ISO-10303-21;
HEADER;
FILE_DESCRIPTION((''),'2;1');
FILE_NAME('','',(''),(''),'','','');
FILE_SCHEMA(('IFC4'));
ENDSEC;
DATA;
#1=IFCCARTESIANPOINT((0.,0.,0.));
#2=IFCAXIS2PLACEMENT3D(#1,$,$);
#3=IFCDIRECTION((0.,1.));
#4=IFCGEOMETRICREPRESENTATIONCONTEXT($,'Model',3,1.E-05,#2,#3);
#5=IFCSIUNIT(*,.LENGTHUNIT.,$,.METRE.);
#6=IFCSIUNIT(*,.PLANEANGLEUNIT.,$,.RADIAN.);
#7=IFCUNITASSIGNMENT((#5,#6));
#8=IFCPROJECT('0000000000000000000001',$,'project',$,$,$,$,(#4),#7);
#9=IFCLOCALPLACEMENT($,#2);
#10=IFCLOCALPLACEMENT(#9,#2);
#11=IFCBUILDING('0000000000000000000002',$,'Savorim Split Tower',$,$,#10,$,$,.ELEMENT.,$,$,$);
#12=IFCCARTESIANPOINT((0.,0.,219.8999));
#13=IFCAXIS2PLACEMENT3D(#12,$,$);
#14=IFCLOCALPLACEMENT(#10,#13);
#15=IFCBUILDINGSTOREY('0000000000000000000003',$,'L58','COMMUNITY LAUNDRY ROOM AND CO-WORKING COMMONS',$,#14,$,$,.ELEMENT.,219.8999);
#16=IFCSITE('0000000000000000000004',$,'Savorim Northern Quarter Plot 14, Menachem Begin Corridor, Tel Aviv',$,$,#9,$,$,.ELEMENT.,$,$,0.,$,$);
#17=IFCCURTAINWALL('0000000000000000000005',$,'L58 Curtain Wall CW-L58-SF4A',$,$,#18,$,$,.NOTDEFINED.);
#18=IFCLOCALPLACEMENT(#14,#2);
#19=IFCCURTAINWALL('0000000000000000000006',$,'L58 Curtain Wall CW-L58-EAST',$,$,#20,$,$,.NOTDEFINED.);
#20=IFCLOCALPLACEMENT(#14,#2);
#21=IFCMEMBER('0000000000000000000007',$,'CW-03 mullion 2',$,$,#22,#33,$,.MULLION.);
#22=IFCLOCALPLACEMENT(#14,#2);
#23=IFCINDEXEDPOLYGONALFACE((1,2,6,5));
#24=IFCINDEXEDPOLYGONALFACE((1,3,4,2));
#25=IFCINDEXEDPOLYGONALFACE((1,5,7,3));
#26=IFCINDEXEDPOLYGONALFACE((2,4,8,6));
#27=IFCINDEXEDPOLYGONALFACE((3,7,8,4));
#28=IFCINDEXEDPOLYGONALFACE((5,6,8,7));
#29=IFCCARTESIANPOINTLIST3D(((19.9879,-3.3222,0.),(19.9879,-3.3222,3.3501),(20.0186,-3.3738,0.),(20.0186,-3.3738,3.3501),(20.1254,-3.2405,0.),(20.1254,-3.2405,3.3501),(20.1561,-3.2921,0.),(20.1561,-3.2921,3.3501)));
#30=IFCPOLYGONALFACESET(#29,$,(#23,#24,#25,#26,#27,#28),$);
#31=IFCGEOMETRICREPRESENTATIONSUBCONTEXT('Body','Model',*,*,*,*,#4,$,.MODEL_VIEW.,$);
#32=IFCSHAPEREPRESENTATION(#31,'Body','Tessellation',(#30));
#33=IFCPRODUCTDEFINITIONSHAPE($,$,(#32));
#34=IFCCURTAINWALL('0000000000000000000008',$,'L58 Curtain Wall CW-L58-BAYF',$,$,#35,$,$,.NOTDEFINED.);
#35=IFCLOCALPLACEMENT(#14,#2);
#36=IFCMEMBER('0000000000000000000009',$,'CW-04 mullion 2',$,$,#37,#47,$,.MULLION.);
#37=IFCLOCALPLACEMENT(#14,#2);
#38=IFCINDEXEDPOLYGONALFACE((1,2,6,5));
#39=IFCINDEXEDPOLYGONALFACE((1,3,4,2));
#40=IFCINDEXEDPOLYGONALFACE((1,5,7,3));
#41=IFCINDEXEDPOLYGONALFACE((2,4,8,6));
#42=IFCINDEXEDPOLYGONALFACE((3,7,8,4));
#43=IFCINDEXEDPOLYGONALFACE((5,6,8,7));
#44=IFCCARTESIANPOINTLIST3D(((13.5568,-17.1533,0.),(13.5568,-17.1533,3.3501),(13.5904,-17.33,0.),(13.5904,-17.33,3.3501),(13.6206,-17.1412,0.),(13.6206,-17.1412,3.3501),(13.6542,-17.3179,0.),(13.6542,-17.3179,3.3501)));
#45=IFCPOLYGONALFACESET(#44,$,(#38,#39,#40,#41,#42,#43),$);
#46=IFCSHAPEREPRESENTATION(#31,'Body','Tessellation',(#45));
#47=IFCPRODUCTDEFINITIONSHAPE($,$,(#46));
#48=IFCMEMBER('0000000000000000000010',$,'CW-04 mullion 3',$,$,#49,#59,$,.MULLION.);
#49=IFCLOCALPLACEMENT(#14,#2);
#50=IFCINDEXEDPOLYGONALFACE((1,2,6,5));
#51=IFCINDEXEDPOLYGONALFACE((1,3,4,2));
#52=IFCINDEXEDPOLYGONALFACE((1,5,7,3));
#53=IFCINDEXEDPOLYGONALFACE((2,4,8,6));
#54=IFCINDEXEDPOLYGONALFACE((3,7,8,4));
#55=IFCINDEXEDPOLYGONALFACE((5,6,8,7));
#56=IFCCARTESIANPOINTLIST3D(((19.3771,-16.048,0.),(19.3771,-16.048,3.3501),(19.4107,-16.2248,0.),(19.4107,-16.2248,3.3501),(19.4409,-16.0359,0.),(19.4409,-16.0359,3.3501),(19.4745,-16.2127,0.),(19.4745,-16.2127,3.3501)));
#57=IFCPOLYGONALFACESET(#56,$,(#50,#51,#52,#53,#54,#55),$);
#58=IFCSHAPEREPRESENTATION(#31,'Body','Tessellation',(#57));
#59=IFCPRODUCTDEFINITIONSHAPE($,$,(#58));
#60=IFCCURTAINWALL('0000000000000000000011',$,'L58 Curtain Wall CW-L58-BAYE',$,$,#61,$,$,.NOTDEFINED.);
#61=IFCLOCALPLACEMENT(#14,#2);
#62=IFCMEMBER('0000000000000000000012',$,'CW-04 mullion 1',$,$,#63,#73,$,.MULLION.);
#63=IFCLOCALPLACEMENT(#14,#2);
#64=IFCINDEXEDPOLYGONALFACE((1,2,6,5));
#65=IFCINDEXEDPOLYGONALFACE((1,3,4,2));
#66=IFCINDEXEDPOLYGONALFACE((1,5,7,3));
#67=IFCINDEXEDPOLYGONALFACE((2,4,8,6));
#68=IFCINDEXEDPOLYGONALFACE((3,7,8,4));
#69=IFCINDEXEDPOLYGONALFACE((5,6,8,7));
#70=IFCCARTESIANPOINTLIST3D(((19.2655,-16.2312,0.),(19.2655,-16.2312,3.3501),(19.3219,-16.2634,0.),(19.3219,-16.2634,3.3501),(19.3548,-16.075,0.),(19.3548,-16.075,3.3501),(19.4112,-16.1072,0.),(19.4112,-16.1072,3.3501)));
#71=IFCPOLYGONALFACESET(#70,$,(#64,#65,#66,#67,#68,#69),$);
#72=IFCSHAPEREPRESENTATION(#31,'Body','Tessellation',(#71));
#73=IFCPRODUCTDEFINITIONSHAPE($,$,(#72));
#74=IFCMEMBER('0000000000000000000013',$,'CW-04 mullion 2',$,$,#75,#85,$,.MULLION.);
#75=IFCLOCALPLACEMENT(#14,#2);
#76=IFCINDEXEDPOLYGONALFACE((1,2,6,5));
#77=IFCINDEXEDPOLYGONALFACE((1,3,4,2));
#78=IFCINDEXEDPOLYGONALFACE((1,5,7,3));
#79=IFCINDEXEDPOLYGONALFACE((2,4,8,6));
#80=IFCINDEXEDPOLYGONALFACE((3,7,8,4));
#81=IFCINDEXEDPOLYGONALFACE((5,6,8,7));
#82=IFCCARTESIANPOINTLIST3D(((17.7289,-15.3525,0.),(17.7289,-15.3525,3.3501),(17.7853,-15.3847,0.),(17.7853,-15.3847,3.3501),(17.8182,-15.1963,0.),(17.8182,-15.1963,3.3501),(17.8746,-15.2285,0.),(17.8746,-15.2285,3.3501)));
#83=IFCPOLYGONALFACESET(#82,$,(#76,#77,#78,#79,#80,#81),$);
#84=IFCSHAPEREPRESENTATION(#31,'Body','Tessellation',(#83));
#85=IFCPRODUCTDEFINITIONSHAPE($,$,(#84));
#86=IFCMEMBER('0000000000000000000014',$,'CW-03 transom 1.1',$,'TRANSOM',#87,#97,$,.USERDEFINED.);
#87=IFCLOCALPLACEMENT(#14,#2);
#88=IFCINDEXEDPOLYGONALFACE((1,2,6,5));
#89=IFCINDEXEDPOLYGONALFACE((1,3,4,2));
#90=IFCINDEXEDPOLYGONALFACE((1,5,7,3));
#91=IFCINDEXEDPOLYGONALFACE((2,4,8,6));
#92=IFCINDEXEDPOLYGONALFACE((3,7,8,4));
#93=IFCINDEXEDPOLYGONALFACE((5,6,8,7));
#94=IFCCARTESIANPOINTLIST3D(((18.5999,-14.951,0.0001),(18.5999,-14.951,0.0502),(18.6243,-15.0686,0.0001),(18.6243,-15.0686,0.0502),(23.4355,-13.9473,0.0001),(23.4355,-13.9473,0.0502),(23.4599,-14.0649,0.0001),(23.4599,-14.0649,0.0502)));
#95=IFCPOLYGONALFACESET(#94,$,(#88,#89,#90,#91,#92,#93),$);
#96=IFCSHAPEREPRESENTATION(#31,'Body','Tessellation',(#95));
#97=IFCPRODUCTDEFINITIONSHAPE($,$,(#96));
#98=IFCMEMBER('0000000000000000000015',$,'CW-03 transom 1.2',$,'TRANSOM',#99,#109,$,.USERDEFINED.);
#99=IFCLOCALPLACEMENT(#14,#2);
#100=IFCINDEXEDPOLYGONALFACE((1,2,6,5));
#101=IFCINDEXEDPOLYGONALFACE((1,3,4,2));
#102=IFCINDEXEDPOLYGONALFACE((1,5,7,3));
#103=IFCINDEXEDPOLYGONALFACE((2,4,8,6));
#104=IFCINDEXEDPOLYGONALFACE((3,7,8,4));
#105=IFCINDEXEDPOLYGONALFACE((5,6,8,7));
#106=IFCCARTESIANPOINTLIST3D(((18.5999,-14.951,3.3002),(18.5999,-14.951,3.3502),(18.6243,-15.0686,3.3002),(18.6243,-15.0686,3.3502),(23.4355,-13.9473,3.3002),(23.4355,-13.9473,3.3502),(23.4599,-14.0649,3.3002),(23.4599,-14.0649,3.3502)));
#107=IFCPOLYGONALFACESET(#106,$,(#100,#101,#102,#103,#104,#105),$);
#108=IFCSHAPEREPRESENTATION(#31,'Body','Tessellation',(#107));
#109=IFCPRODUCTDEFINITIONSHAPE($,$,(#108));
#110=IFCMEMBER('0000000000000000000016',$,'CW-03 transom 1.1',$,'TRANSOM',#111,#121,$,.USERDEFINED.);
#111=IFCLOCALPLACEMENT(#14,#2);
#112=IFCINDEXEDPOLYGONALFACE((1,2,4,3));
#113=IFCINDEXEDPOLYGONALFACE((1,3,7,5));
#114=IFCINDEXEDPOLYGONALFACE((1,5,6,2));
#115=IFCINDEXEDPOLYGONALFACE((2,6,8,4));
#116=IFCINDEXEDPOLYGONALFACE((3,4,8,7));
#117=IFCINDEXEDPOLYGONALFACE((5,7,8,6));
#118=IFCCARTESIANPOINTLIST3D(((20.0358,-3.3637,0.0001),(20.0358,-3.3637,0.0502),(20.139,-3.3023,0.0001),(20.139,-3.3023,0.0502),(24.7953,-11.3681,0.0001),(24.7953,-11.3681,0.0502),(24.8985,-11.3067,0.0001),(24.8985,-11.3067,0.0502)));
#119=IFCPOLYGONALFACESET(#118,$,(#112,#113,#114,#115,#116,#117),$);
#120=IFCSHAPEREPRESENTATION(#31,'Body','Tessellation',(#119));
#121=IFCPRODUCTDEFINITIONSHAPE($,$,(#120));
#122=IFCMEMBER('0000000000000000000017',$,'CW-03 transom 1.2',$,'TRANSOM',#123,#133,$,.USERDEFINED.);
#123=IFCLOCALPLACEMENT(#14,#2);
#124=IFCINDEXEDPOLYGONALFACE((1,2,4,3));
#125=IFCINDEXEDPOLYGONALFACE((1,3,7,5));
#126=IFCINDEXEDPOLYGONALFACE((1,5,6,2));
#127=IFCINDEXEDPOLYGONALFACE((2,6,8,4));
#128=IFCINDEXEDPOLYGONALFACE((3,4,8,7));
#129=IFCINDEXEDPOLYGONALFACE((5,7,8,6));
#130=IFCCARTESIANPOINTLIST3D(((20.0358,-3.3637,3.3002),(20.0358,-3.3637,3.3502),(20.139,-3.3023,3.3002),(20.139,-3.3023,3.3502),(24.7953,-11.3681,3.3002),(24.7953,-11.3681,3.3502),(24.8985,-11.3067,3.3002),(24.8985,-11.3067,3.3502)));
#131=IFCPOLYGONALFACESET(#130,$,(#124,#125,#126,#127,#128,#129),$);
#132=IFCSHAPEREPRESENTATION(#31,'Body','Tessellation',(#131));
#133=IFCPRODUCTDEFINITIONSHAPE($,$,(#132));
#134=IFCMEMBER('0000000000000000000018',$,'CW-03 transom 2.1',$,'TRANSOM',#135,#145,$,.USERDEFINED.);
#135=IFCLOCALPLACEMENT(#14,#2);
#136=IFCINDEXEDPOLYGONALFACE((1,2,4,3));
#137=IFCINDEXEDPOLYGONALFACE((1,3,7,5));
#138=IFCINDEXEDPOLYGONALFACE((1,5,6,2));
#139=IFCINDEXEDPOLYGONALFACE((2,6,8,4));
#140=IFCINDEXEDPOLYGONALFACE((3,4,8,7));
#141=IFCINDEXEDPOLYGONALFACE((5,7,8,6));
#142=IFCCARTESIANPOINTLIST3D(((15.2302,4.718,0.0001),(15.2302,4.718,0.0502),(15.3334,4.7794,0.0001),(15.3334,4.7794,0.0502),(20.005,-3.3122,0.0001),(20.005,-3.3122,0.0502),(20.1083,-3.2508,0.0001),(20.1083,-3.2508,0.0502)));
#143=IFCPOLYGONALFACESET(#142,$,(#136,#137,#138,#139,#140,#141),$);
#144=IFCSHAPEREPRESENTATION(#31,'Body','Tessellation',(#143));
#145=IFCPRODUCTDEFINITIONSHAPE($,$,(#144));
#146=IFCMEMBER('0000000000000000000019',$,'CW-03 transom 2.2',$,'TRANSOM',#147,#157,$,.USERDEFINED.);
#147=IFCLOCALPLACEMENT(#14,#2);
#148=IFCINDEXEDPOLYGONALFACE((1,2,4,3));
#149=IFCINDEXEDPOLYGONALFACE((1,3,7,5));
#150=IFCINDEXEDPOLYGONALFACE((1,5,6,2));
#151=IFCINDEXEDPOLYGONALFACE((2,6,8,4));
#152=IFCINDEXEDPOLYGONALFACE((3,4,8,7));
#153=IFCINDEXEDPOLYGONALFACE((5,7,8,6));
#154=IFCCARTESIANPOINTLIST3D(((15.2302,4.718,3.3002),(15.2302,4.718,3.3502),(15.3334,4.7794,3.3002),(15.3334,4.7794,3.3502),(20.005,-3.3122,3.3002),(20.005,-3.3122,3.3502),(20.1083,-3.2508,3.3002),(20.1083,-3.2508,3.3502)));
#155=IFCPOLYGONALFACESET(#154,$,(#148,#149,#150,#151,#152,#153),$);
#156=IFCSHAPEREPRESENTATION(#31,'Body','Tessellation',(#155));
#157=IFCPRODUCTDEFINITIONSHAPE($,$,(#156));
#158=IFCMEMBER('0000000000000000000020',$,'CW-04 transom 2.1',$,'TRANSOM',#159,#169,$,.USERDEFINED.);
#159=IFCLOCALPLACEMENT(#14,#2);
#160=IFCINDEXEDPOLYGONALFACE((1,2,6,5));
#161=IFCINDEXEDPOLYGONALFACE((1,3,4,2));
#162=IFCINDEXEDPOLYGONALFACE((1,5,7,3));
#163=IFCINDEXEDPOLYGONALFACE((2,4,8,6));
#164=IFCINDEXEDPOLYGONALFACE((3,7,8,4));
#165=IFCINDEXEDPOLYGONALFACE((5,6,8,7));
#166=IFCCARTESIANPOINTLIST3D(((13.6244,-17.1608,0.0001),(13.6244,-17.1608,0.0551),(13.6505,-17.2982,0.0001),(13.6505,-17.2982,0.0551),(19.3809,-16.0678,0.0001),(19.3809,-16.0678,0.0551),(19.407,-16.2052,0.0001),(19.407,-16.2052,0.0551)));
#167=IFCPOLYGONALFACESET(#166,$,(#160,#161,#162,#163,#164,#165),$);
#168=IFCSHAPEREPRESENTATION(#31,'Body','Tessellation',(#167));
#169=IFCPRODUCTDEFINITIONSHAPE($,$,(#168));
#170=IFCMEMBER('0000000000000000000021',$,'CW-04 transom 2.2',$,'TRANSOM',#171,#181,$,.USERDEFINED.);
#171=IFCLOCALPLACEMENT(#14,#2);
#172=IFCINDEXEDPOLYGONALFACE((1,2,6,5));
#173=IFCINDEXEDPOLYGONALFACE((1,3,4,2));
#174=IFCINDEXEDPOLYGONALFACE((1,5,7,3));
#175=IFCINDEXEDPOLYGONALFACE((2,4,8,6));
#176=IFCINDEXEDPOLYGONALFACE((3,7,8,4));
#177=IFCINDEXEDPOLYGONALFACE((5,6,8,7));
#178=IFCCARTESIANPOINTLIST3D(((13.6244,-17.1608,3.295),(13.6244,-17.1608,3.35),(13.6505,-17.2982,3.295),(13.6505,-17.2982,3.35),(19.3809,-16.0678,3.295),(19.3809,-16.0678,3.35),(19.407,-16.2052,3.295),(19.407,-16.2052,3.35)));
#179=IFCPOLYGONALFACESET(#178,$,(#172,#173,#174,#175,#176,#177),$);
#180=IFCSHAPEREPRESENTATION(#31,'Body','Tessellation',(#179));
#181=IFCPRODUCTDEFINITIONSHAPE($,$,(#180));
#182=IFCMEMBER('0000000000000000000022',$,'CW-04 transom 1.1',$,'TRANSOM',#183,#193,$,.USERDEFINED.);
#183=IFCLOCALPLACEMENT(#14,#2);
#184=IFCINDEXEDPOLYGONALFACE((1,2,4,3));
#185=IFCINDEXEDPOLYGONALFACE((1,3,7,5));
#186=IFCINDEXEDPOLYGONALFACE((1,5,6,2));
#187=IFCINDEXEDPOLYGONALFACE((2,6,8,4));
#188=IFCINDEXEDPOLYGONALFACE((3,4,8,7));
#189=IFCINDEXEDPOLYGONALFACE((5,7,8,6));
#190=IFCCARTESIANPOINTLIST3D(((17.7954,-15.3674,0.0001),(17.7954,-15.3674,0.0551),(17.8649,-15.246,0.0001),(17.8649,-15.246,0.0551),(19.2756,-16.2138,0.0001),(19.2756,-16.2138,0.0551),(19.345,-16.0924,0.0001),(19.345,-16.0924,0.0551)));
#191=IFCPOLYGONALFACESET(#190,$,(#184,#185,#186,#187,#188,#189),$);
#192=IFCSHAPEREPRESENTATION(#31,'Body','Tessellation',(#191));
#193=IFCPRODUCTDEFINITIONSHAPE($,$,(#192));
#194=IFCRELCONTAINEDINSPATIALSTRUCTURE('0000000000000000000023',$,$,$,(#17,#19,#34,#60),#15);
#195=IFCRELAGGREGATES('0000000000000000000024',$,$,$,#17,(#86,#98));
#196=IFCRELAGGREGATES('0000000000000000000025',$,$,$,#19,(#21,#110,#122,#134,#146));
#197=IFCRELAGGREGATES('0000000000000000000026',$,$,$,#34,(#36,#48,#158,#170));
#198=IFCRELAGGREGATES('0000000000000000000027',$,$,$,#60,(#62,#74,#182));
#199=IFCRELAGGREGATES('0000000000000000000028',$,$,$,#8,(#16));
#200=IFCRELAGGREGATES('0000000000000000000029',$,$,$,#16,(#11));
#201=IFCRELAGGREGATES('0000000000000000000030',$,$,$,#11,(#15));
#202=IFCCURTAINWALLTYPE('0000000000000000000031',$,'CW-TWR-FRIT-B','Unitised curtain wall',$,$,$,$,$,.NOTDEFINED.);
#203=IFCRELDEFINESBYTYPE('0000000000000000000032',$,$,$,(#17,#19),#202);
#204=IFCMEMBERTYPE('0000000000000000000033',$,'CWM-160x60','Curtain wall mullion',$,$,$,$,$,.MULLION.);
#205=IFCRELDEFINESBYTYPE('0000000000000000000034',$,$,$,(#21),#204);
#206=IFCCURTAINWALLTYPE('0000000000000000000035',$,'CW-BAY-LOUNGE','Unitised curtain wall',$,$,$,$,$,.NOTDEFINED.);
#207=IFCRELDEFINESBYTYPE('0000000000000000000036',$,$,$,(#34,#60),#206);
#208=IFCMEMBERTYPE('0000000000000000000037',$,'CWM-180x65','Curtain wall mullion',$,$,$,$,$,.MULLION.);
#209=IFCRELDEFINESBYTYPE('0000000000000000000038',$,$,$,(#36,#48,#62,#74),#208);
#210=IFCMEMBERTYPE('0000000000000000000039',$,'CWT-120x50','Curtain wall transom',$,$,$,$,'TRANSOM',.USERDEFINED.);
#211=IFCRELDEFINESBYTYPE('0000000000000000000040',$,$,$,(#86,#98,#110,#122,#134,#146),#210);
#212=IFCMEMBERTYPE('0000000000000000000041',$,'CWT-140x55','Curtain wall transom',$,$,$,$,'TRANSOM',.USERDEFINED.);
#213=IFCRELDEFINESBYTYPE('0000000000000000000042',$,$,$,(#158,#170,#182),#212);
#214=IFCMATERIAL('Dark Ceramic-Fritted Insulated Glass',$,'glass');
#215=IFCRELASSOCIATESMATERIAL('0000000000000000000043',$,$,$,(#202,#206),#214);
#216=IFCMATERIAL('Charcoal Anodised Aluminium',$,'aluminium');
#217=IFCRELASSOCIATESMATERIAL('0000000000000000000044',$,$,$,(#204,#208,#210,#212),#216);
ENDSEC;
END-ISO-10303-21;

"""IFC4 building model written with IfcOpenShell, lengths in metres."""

from ifc_helpers import new_model, si_unit, direction, frame, origin, origin_2d, place, context, subcontext, project, spatial, rectangle, extrude, material, material_profile, profile_set, type_object, element, aggregate, save


model = new_model("IFC4")

# Units and contexts
model_context = context("Model", 3, precision=1e-05, world=origin(), true_north=direction((0.0, 1.0)))
body_context = subcontext(model_context, "Body", "Model", "MODEL_VIEW")
ifc_project = project(units=[si_unit("LENGTHUNIT", "METRE"), si_unit("PLANEANGLEUNIT", "RADIAN")], contexts=[model_context])

# Site, building, storey
site_placement = place(None, origin())
site = spatial("IfcSite", under=ifc_project, at=site_placement, Name="Savorim Northern Quarter Plot 14, Menachem Begin Corridor, Tel Aviv", CompositionType="ELEMENT", RefElevation=0.0)
building_placement = place(site_placement, origin())
building = spatial("IfcBuilding", under=site, at=building_placement, Name="Savorim Split Tower", CompositionType="ELEMENT")
storey_placement = place(building_placement, frame((0.0, 0.0, 219.8999)))
storey = spatial("IfcBuildingStorey", under=building, at=storey_placement, Name="L58", Description="COMMUNITY LAUNDRY ROOM AND CO-WORKING COMMONS", CompositionType="ELEMENT", Elevation=219.8999)

# Curtain walls, members
ifc_material_1 = material(Name="Dark Ceramic-Fritted Insulated Glass", Category="glass")
curtain_wall_type_1 = type_object("IfcCurtainWallType", Name="CW-TWR-FRIT-B", Description="Unitised curtain wall", PredefinedType="NOTDEFINED", material=ifc_material_1)
curtain_wall_1_placement = place(storey_placement, origin())
curtain_wall_1 = element("IfcCurtainWall", 1, at=curtain_wall_1_placement, inside=storey, type_object=curtain_wall_type_1, Name="L58 Curtain Wall CW-L58-SF4A", PredefinedType="NOTDEFINED")
ifc_material_2 = material(Name="Charcoal Anodised Aluminium", Category="aluminium")
ifc_material_profile_1 = material_profile(ifc_material_2, rectangle(XDim=0.1599, YDim=0.0601, at=origin_2d()), Name="ALU-M 160x60")
ifc_profile_set_1 = profile_set([ifc_material_profile_1], Name="Charcoal Anodised Aluminium")
member_type_1 = type_object("IfcMemberType", Name="CWM-160x60", Description="Curtain wall mullion", PredefinedType="MULLION", material=ifc_profile_set_1)
curtain_wall_2_placement = place(storey_placement, origin())
curtain_wall_2 = element("IfcCurtainWall", 2, at=curtain_wall_2_placement, inside=storey, type_object=curtain_wall_type_1, Name="L58 Curtain Wall CW-L58-EAST", PredefinedType="NOTDEFINED")
member_1_placement = place(storey_placement, frame((20.072, -3.3071, 0.0), z_axis=(0.0, 0.0, 1.0), x_axis=(-0.859524, -0.511096, 0.0)))
member_1 = element("IfcMember", 3, at=member_1_placement, type_object=member_type_1, Name="CW-03 mullion 2", PredefinedType="MULLION", context=body_context, shape_type="SweptSolid", body=[
    extrude(rectangle(XDim=0.1599, YDim=0.0601, at=origin_2d()), origin(), (0.0, 0.0, 1.0), 3.3501),
])
curtain_wall_type_2 = type_object("IfcCurtainWallType", Name="CW-BAY-LOUNGE", Description="Unitised curtain wall", PredefinedType="NOTDEFINED", material=ifc_material_1)
curtain_wall_3_placement = place(storey_placement, origin())
curtain_wall_3 = element("IfcCurtainWall", 4, at=curtain_wall_3_placement, inside=storey, type_object=curtain_wall_type_2, Name="L58 Curtain Wall CW-L58-BAYF", PredefinedType="NOTDEFINED")
ifc_material_profile_2 = material_profile(ifc_material_2, rectangle(XDim=0.1799, YDim=0.0649, at=origin_2d()), Name="ALU-M 180x65")
ifc_profile_set_2 = profile_set([ifc_material_profile_2], Name="Charcoal Anodised Aluminium")
member_type_2 = type_object("IfcMemberType", Name="CWM-180x65", Description="Curtain wall mullion", PredefinedType="MULLION", material=ifc_profile_set_2)
member_2_placement = place(storey_placement, frame((13.6055, -17.2356, 0.0), z_axis=(0.0, 0.0, 1.0), x_axis=(-0.186567, 0.982442, 0.0)))
member_2 = element("IfcMember", 5, at=member_2_placement, type_object=member_type_2, Name="CW-04 mullion 2", PredefinedType="MULLION", context=body_context, shape_type="SweptSolid", body=[
    extrude(rectangle(XDim=0.1799, YDim=0.0649, at=origin_2d()), origin(), (0.0, 0.0, 1.0), 3.3501),
])
member_3_placement = place(storey_placement, frame((19.4258, -16.1304, 0.0), z_axis=(0.0, 0.0, 1.0), x_axis=(-0.186567, 0.982442, 0.0)))
member_3 = element("IfcMember", 6, at=member_3_placement, type_object=member_type_2, Name="CW-04 mullion 3", PredefinedType="MULLION", context=body_context, shape_type="SweptSolid", body=[
    extrude(rectangle(XDim=0.1799, YDim=0.0649, at=origin_2d()), origin(), (0.0, 0.0, 1.0), 3.3501),
])
curtain_wall_4_placement = place(storey_placement, origin())
curtain_wall_4 = element("IfcCurtainWall", 7, at=curtain_wall_4_placement, inside=storey, type_object=curtain_wall_type_2, Name="L58 Curtain Wall CW-L58-BAYE", PredefinedType="NOTDEFINED")
member_4_placement = place(storey_placement, frame((19.3384, -16.1692, 0.0), z_axis=(0.0, 0.0, 1.0), x_axis=(-0.496327, -0.868136, 0.0)))
member_4 = element("IfcMember", 8, at=member_4_placement, type_object=member_type_2, Name="CW-04 mullion 1", PredefinedType="MULLION", context=body_context, shape_type="SweptSolid", body=[
    extrude(rectangle(XDim=0.1799, YDim=0.0649, at=origin_2d()), origin(), (0.0, 0.0, 1.0), 3.3501),
])
member_5_placement = place(storey_placement, frame((17.8018, -15.2905, 0.0), z_axis=(0.0, 0.0, 1.0), x_axis=(-0.496327, -0.868136, 0.0)))
member_5 = element("IfcMember", 9, at=member_5_placement, type_object=member_type_2, Name="CW-04 mullion 2", PredefinedType="MULLION", context=body_context, shape_type="SweptSolid", body=[
    extrude(rectangle(XDim=0.1799, YDim=0.0649, at=origin_2d()), origin(), (0.0, 0.0, 1.0), 3.3501),
])

# Members
ifc_material_profile_3 = material_profile(ifc_material_2, rectangle(XDim=0.1201, YDim=0.05, at=origin_2d()), Name="ALU-T 120x50")
ifc_profile_set_3 = profile_set([ifc_material_profile_3], Name="Charcoal Anodised Aluminium")
member_type_3 = type_object("IfcMemberType", Name="CWT-120x50", Description="Curtain wall transom", ElementType="TRANSOM", PredefinedType="USERDEFINED", material=ifc_profile_set_3)
member_6_placement = place(storey_placement, frame((18.6121, -15.0098, 0.0251), z_axis=(0.979133, 0.203222, 0.0), x_axis=(-0.203222, 0.979133, 0.0)))
member_6 = element("IfcMember", 10, at=member_6_placement, type_object=member_type_3, Name="CW-03 transom 1.1", ObjectType="TRANSOM", PredefinedType="USERDEFINED", context=body_context, shape_type="SweptSolid", body=[
    extrude(rectangle(XDim=0.1201, YDim=0.05, at=origin_2d()), origin(), (0.0, 0.0, 1.0), 4.9387),
])
member_7_placement = place(storey_placement, frame((18.6121, -15.0098, 3.3252), z_axis=(0.979133, 0.203222, 0.0), x_axis=(-0.203222, 0.979133, 0.0)))
member_7 = element("IfcMember", 11, at=member_7_placement, type_object=member_type_3, Name="CW-03 transom 1.2", ObjectType="TRANSOM", PredefinedType="USERDEFINED", context=body_context, shape_type="SweptSolid", body=[
    extrude(rectangle(XDim=0.1201, YDim=0.05, at=origin_2d()), origin(), (0.0, 0.0, 1.0), 4.9387),
])
member_8_placement = place(storey_placement, frame((24.8469, -11.3374, 0.0251), z_axis=(-0.511087, 0.859529, 0.0), x_axis=(-0.859529, -0.511087, 0.0)))
member_8 = element("IfcMember", 12, at=member_8_placement, type_object=member_type_3, Name="CW-03 transom 1.1", ObjectType="TRANSOM", PredefinedType="USERDEFINED", context=body_context, shape_type="SweptSolid", body=[
    extrude(rectangle(XDim=0.1201, YDim=0.05, at=origin_2d()), origin(), (0.0, 0.0, 1.0), 9.3125),
])
member_9_placement = place(storey_placement, frame((24.8469, -11.3374, 3.3252), z_axis=(-0.511087, 0.859529, 0.0), x_axis=(-0.859529, -0.511087, 0.0)))
member_9 = element("IfcMember", 13, at=member_9_placement, type_object=member_type_3, Name="CW-03 transom 1.2", ObjectType="TRANSOM", PredefinedType="USERDEFINED", context=body_context, shape_type="SweptSolid", body=[
    extrude(rectangle(XDim=0.1201, YDim=0.05, at=origin_2d()), origin(), (0.0, 0.0, 1.0), 9.3125),
])
member_10_placement = place(storey_placement, frame((20.0566, -3.2815, 0.0251), z_axis=(-0.511087, 0.859529, 0.0), x_axis=(-0.859529, -0.511087, 0.0)))
member_10 = element("IfcMember", 14, at=member_10_placement, type_object=member_type_3, Name="CW-03 transom 2.1", ObjectType="TRANSOM", PredefinedType="USERDEFINED", context=body_context, shape_type="SweptSolid", body=[
    extrude(rectangle(XDim=0.1201, YDim=0.05, at=origin_2d()), origin(), (0.0, 0.0, 1.0), 9.3425),
])
member_11_placement = place(storey_placement, frame((20.0566, -3.2815, 3.3252), z_axis=(-0.511087, 0.859529, 0.0), x_axis=(-0.859529, -0.511087, 0.0)))
member_11 = element("IfcMember", 15, at=member_11_placement, type_object=member_type_3, Name="CW-03 transom 2.2", ObjectType="TRANSOM", PredefinedType="USERDEFINED", context=body_context, shape_type="SweptSolid", body=[
    extrude(rectangle(XDim=0.1201, YDim=0.05, at=origin_2d()), origin(), (0.0, 0.0, 1.0), 9.3425),
])
ifc_material_profile_4 = material_profile(ifc_material_2, rectangle(XDim=0.1399, YDim=0.0549, at=origin_2d()), Name="ALU-T 140x55")
ifc_profile_set_4 = profile_set([ifc_material_profile_4], Name="Charcoal Anodised Aluminium")
member_type_4 = type_object("IfcMemberType", Name="CWT-140x55", Description="Curtain wall transom", ElementType="TRANSOM", PredefinedType="USERDEFINED", material=ifc_profile_set_4)
member_12_placement = place(storey_placement, frame((13.6375, -17.2295, 0.0276), z_axis=(0.982447, 0.18654, 0.0), x_axis=(-0.18654, 0.982447, 0.0)))
member_12 = element("IfcMember", 16, at=member_12_placement, type_object=member_type_4, Name="CW-04 transom 2.1", ObjectType="TRANSOM", PredefinedType="USERDEFINED", context=body_context, shape_type="SweptSolid", body=[
    extrude(rectangle(XDim=0.1399, YDim=0.0549, at=origin_2d()), origin(), (0.0, 0.0, 1.0), 5.8594),
])
member_13_placement = place(storey_placement, frame((13.6375, -17.2295, 3.3225), z_axis=(0.982447, 0.18654, 0.0), x_axis=(-0.18654, 0.982447, 0.0)))
member_13 = element("IfcMember", 17, at=member_13_placement, type_object=member_type_4, Name="CW-04 transom 2.2", ObjectType="TRANSOM", PredefinedType="USERDEFINED", context=body_context, shape_type="SweptSolid", body=[
    extrude(rectangle(XDim=0.1399, YDim=0.0549, at=origin_2d()), origin(), (0.0, 0.0, 1.0), 5.8594),
])
member_14_placement = place(storey_placement, frame((19.3103, -16.1531, 0.0276), z_axis=(-0.868093, 0.496401, 0.0), x_axis=(-0.496401, -0.868093, 0.0)))
member_14 = element("IfcMember", 18, at=member_14_placement, type_object=member_type_4, Name="CW-04 transom 1.1", ObjectType="TRANSOM", PredefinedType="USERDEFINED", context=body_context, shape_type="SweptSolid", body=[
    extrude(rectangle(XDim=0.1399, YDim=0.0549, at=origin_2d()), origin(), (0.0, 0.0, 1.0), 1.7051),
])

aggregate(curtain_wall_1, [member_6, member_7])
aggregate(curtain_wall_2, [member_1, member_8, member_9, member_10, member_11])
aggregate(curtain_wall_3, [member_2, member_3, member_12, member_13])
aggregate(curtain_wall_4, [member_4, member_5, member_14])

save(model, "model.ifc")
